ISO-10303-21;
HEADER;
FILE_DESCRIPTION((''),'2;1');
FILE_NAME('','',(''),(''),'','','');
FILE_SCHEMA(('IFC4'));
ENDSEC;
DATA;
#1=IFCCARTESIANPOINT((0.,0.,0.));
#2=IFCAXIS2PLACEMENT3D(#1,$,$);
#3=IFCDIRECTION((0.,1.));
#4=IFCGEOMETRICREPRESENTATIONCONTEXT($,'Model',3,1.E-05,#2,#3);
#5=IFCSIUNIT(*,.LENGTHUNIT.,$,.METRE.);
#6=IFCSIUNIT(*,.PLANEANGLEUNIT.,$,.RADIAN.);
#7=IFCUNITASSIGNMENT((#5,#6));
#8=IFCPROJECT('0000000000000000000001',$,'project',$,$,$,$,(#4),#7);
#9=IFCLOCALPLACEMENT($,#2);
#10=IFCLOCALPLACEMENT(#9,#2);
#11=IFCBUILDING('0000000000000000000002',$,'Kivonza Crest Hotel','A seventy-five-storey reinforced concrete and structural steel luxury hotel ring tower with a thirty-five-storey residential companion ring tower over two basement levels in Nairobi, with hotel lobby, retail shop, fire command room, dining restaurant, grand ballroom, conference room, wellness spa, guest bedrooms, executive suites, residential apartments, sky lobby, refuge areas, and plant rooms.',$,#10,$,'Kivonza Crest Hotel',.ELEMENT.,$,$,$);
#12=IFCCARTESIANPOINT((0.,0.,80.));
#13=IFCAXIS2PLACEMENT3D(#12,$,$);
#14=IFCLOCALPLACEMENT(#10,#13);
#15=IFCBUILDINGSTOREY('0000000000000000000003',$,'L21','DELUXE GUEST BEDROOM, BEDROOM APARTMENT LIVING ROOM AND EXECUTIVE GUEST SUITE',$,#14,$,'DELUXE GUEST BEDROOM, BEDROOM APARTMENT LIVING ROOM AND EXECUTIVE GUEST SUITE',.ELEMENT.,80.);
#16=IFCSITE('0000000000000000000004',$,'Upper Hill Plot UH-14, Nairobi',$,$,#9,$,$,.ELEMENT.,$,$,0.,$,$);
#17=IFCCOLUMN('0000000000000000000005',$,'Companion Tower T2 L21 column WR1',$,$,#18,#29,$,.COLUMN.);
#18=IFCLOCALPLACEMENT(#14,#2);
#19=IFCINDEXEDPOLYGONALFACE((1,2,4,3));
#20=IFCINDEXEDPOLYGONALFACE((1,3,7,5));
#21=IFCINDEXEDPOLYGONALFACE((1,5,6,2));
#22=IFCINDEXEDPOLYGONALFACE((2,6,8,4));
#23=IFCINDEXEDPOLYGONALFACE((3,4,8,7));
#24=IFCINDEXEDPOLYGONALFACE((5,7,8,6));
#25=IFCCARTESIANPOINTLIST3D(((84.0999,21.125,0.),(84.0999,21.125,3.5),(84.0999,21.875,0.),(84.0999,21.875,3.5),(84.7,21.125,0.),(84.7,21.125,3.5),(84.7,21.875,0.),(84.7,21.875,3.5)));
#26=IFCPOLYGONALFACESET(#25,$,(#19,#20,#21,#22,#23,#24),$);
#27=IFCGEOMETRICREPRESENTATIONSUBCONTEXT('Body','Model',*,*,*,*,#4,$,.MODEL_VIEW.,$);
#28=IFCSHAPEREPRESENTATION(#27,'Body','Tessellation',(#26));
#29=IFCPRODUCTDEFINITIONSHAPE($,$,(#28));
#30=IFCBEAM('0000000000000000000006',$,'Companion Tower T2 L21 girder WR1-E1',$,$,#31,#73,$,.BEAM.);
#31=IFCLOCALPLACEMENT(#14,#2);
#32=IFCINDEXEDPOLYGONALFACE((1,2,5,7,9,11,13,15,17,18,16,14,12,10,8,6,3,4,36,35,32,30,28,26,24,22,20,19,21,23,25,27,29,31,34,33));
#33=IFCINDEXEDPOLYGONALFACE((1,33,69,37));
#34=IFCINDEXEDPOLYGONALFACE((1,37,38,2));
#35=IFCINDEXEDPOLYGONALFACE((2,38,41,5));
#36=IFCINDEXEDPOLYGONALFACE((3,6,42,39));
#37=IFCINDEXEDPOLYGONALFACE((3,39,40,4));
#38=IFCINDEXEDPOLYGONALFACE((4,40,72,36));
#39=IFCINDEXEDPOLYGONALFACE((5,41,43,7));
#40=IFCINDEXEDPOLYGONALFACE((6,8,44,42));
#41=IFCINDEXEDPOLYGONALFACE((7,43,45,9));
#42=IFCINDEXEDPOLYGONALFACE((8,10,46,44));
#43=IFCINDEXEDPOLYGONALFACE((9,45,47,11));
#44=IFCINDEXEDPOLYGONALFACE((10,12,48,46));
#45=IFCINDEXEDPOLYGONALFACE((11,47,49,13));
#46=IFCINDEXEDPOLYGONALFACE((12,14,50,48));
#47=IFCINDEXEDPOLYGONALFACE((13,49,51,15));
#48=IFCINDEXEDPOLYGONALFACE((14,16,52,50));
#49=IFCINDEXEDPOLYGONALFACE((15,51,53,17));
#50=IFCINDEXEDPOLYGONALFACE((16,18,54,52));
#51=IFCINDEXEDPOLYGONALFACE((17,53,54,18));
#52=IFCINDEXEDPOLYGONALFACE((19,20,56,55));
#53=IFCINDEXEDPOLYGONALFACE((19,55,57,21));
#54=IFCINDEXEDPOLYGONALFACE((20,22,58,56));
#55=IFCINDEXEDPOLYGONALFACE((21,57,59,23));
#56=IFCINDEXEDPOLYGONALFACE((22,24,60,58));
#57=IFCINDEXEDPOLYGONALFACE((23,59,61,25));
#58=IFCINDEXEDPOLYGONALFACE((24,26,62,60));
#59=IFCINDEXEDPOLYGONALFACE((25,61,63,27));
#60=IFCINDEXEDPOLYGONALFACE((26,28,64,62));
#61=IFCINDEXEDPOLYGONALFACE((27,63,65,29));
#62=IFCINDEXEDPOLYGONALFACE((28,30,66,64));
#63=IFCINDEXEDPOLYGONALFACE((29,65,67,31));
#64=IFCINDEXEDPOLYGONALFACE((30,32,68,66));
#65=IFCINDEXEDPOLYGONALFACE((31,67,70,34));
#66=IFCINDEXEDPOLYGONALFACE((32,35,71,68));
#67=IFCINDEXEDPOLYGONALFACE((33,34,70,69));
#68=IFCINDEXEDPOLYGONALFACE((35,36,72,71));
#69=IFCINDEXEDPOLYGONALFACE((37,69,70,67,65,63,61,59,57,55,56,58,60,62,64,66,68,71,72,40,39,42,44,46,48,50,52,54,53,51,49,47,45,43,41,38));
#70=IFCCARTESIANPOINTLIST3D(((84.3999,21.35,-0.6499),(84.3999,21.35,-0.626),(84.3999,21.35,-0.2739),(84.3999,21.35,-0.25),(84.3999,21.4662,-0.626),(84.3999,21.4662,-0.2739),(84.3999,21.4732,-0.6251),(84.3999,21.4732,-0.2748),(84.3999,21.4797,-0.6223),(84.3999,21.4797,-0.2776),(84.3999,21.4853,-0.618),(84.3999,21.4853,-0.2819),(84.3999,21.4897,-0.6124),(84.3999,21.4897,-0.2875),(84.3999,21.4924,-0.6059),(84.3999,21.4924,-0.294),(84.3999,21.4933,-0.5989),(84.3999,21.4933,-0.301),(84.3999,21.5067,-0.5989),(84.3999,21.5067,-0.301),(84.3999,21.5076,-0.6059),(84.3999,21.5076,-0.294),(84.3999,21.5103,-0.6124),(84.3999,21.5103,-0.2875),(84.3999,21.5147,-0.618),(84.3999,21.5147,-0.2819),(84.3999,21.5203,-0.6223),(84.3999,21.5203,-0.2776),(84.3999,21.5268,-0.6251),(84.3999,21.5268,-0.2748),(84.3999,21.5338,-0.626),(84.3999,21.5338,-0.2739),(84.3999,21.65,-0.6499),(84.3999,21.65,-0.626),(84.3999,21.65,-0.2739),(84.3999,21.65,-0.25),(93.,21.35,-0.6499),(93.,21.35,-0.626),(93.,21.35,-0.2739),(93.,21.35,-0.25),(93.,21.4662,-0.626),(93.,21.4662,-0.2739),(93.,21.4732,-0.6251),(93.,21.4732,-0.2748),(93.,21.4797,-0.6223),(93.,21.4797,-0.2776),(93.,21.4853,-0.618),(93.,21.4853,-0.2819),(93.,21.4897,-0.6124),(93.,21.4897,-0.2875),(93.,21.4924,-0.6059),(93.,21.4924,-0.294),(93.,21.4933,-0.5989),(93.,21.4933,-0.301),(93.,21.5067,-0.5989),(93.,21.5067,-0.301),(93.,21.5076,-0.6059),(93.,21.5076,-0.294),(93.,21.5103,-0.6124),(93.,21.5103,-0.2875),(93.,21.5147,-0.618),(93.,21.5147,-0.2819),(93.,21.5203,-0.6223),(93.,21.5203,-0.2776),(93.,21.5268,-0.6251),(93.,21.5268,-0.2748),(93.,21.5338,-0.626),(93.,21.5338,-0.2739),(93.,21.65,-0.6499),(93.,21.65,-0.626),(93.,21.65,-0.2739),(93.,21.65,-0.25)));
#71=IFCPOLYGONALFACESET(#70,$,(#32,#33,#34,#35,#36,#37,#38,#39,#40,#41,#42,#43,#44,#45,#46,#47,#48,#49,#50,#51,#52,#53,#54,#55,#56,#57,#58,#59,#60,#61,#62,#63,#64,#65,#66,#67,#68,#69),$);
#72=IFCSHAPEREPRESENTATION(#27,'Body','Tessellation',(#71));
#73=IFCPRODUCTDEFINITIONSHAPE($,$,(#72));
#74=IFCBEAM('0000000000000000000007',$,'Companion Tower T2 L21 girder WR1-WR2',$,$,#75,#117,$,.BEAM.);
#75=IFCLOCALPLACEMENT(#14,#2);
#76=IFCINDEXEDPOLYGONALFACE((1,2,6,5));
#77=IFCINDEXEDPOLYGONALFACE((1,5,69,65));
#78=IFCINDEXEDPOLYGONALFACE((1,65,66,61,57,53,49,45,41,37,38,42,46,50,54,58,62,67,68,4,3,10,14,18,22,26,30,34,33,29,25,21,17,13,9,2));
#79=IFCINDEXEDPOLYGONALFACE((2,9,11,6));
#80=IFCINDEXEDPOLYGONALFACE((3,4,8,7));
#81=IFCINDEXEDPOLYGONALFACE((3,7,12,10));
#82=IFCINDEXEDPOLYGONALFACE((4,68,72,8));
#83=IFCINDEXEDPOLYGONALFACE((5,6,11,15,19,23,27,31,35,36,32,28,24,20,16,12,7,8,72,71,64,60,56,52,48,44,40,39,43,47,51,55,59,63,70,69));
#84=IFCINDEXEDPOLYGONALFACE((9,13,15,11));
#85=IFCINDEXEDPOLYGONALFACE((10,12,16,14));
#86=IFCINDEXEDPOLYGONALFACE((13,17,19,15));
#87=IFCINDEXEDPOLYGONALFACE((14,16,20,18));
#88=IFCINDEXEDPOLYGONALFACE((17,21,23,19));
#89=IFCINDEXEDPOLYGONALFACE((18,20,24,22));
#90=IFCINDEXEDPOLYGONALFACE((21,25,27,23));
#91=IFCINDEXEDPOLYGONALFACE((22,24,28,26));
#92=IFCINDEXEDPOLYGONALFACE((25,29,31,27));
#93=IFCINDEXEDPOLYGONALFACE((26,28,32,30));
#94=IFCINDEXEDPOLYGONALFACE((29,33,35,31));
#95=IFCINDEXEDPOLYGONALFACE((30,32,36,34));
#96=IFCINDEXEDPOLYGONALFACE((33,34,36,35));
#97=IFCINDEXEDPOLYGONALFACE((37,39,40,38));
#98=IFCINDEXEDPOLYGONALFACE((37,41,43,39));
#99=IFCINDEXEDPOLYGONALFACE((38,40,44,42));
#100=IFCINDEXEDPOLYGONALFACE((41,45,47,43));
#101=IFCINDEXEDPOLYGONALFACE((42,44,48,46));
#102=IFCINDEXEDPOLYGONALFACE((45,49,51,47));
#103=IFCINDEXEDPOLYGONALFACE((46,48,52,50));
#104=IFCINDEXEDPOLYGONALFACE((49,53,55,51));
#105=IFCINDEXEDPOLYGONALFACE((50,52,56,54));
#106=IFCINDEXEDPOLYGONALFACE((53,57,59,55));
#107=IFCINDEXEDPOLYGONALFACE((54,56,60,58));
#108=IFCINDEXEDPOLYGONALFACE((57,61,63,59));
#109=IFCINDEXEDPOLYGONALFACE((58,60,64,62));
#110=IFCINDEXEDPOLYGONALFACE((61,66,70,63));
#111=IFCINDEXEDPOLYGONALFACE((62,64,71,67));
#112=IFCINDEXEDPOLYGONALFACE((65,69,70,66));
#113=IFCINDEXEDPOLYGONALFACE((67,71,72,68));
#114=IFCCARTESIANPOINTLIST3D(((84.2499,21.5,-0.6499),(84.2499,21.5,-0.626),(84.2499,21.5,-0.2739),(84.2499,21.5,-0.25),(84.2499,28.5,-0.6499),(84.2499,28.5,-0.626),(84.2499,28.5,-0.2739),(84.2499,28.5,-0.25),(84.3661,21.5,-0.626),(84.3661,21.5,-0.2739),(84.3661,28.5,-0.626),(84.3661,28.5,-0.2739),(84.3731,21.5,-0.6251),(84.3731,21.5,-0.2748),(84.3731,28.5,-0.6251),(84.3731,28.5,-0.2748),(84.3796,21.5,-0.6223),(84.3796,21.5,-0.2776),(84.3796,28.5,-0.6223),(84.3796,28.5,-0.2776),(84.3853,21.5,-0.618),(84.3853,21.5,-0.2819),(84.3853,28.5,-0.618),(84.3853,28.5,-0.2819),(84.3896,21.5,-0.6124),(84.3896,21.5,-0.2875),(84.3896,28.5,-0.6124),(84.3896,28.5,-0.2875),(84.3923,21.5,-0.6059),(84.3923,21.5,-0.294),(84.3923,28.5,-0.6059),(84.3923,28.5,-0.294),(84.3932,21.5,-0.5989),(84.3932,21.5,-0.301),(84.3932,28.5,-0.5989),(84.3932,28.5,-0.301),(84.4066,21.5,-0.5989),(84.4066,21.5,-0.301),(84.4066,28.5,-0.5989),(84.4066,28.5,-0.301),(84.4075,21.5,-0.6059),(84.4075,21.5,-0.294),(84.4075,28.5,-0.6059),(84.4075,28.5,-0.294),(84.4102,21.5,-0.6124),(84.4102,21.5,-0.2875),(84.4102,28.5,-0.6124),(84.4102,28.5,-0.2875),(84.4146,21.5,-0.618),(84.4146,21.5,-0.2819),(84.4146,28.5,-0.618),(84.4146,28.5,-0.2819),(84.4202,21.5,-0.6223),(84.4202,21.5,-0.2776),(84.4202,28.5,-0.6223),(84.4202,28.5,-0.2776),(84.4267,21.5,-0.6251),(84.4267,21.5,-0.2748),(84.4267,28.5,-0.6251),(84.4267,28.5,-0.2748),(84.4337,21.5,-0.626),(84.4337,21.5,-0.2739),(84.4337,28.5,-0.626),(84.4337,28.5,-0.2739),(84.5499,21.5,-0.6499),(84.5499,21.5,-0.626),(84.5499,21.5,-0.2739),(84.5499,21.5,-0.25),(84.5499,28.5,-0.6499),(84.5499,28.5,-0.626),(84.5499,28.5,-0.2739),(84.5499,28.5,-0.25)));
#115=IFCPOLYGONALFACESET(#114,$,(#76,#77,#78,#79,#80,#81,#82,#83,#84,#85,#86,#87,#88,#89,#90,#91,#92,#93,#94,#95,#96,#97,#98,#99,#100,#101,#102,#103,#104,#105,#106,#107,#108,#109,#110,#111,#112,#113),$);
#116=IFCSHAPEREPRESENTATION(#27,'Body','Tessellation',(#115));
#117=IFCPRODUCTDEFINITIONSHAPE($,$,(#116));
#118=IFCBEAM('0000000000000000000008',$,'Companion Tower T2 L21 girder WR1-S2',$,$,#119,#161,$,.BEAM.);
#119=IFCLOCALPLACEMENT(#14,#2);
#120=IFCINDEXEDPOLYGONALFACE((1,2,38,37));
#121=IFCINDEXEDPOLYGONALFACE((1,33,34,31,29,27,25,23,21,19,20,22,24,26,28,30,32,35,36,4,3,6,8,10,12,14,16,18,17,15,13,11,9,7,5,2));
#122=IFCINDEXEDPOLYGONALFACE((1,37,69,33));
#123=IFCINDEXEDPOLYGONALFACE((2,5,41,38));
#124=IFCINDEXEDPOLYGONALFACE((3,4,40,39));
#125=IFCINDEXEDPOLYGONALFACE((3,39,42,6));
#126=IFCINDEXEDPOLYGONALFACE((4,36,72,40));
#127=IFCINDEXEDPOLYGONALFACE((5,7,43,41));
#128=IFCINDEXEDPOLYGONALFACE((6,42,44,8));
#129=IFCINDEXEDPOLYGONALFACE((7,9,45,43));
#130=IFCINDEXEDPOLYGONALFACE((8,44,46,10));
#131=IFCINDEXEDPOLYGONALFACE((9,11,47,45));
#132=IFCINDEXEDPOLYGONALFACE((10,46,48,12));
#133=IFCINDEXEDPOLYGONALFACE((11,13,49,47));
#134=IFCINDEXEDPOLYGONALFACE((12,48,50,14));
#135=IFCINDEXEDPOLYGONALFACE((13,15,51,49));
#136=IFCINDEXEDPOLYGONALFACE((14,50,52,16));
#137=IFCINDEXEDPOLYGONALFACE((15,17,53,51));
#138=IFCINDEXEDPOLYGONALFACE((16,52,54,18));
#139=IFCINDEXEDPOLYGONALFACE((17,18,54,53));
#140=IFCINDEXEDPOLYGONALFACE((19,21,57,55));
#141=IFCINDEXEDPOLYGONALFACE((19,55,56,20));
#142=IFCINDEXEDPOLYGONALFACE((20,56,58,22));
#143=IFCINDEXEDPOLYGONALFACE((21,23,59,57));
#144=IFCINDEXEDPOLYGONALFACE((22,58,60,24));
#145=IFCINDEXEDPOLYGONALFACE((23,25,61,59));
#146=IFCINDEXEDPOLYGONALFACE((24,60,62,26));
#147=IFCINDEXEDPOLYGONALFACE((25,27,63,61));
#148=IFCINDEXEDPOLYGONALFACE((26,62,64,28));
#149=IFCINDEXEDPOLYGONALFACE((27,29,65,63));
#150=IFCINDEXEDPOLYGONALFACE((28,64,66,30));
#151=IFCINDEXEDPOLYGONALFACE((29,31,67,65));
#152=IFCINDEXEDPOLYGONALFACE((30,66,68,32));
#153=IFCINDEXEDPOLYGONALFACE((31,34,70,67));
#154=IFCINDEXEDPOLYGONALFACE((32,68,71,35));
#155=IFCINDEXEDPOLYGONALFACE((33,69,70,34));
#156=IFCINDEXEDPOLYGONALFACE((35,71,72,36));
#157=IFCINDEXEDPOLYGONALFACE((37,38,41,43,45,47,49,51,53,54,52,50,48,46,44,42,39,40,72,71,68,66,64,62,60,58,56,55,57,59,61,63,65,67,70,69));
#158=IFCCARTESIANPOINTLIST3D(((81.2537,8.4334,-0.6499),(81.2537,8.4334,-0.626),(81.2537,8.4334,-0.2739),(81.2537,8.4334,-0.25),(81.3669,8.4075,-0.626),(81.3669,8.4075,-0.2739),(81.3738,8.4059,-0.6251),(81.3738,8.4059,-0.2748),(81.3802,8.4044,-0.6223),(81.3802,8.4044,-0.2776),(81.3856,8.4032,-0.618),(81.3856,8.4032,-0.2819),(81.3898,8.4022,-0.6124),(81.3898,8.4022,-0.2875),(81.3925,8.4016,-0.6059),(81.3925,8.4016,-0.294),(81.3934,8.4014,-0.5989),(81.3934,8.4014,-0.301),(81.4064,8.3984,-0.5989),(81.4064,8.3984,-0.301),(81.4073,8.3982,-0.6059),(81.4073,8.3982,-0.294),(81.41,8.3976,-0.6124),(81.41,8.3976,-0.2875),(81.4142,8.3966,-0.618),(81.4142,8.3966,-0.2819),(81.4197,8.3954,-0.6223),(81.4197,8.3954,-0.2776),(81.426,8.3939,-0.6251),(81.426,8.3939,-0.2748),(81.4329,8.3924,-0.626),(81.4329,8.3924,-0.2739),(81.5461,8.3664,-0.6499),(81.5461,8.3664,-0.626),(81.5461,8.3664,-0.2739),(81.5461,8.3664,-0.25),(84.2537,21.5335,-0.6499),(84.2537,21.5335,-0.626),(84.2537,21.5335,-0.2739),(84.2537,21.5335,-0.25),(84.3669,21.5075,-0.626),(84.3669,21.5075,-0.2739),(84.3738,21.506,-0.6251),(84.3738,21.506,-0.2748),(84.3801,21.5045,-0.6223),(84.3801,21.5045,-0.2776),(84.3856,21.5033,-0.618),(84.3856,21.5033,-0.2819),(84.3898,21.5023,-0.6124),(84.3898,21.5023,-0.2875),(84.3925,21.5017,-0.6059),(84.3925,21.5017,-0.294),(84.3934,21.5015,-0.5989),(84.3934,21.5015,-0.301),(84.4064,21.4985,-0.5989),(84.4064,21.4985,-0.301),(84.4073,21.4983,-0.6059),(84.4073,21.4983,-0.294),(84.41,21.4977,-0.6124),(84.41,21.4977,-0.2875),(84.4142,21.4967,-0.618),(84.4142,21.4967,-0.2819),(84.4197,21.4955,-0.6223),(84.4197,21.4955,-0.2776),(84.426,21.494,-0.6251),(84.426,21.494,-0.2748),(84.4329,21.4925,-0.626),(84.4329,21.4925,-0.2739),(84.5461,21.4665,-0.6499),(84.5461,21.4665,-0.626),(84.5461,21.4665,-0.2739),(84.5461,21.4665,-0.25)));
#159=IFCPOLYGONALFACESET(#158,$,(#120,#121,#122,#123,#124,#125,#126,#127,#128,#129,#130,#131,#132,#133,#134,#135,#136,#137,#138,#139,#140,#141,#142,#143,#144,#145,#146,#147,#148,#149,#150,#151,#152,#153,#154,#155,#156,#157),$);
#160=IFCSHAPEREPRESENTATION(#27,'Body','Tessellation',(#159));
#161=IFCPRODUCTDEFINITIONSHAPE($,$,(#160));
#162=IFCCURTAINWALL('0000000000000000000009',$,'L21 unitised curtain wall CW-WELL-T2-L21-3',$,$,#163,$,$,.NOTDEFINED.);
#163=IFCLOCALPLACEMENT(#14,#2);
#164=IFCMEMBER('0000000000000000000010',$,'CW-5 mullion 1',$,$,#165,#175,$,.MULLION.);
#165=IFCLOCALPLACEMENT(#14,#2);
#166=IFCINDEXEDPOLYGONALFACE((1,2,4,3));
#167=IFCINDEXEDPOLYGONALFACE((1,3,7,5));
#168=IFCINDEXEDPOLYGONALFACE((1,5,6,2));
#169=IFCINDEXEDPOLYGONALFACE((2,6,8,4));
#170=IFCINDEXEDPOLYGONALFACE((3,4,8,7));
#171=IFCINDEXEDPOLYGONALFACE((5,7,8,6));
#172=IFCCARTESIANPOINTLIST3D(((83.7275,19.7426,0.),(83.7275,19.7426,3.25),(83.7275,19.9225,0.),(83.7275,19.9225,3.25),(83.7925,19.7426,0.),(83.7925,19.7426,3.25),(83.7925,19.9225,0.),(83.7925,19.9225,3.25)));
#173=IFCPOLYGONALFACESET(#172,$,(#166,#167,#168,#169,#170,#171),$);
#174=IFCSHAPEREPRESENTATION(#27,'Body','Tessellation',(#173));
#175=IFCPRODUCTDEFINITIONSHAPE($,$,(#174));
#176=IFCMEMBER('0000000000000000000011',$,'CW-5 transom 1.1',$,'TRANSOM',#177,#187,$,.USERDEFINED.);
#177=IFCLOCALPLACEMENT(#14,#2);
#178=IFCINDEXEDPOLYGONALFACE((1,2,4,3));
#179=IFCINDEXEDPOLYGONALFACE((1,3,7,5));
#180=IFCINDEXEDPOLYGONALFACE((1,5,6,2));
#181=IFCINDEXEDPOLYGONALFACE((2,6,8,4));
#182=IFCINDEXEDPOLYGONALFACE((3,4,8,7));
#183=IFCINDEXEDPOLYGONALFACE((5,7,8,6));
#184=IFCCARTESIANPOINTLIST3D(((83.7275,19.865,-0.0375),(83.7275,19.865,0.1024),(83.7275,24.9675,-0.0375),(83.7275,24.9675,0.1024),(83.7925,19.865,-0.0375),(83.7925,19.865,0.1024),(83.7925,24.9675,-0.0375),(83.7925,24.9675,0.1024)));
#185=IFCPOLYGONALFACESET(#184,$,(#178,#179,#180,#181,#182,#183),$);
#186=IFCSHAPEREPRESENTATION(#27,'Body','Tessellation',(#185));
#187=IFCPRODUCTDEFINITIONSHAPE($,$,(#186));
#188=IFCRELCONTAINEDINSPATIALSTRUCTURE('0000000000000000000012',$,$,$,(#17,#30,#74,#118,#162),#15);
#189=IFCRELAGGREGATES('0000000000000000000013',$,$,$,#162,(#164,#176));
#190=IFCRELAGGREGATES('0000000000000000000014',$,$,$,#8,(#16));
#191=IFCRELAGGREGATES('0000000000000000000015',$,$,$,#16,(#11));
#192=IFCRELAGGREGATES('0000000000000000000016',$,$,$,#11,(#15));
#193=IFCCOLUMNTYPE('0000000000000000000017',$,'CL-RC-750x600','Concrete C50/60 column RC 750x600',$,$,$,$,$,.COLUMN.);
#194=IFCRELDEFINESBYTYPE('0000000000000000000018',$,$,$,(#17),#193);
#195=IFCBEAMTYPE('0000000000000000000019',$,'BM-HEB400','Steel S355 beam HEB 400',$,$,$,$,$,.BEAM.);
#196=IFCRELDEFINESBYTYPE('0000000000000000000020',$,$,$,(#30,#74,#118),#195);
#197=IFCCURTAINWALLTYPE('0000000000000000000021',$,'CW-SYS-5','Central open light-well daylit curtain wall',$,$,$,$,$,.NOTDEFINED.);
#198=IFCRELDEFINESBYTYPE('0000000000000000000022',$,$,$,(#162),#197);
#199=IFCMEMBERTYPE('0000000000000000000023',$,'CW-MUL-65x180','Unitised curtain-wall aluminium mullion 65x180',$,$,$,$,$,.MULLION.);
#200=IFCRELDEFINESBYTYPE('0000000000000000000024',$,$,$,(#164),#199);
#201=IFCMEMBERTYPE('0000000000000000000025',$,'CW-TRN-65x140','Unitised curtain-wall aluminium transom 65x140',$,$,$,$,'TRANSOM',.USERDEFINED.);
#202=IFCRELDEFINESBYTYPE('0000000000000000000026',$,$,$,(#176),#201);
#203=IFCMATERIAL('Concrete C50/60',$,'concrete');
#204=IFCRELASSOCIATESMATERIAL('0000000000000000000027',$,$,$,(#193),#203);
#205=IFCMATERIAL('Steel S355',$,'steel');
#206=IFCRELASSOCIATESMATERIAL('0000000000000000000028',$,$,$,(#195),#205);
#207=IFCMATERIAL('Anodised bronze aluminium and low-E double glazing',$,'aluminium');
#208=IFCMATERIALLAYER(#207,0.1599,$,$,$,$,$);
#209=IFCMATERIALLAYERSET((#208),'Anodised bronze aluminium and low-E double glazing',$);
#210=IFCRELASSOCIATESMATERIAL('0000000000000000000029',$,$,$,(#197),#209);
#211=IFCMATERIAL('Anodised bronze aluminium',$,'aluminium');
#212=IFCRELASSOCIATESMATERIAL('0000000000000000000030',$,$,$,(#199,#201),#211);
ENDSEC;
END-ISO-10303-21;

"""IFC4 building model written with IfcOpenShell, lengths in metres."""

from ifc_helpers import new_model, si_unit, direction, frame, origin, origin_2d, place, context, subcontext, project, spatial, rectangle, i_section, extrude, material, layer, layer_set, material_profile, profile_set, type_object, element, aggregate, save


model = new_model("IFC4")

# Units and contexts
model_context = context("Model", 3, precision=1e-05, world=origin(), true_north=direction((0.0, 1.0)))
body_context = subcontext(model_context, "Body", "Model", "MODEL_VIEW")
ifc_project = project(units=[si_unit("LENGTHUNIT", "METRE"), si_unit("PLANEANGLEUNIT", "RADIAN")], contexts=[model_context])

# Site, building, storey
site_placement = place(None, origin())
site = spatial("IfcSite", under=ifc_project, at=site_placement, Name="Upper Hill Plot UH-14, Nairobi", CompositionType="ELEMENT", RefElevation=0.0)
building_placement = place(site_placement, origin())
building = spatial("IfcBuilding", under=site, at=building_placement, Name="Kivonza Crest Hotel", Description="A seventy-five-storey reinforced concrete and structural steel luxury hotel ring tower with a thirty-five-storey residential companion ring tower over two basement levels in Nairobi, with hotel lobby, retail shop, fire command room, dining restaurant, grand ballroom, conference room, wellness spa, guest bedrooms, executive suites, residential apartments, sky lobby, refuge areas, and plant rooms.", LongName="Kivonza Crest Hotel", CompositionType="ELEMENT")
storey_placement = place(building_placement, frame((0.0, 0.0, 80.0)))
storey = spatial("IfcBuildingStorey", under=building, at=storey_placement, Name="L21", Description="DELUXE GUEST BEDROOM, BEDROOM APARTMENT LIVING ROOM AND EXECUTIVE GUEST SUITE", LongName="DELUXE GUEST BEDROOM, BEDROOM APARTMENT LIVING ROOM AND EXECUTIVE GUEST SUITE", CompositionType="ELEMENT", Elevation=80.0)

# Column
ifc_material_1 = material(Name="Concrete C50/60", Category="concrete")
ifc_material_profile_1 = material_profile(ifc_material_1, rectangle(XDim=0.6001, YDim=0.75, at=origin_2d()), Name="RC 750x600")
ifc_profile_set_1 = profile_set([ifc_material_profile_1], Name="Concrete C50/60")
column_type = type_object("IfcColumnType", Name="CL-RC-750x600", Description="Concrete C50/60 column RC 750x600", PredefinedType="COLUMN", material=ifc_profile_set_1)
column_placement = place(storey_placement, frame((84.3999, 21.5, 0.0), z_axis=(0.0, 0.0, 1.0), x_axis=(1.0, 0.0, 0.0)))
element("IfcColumn", 1, at=column_placement, inside=storey, type_object=column_type, Name="Companion Tower T2 L21 column WR1", PredefinedType="COLUMN", context=body_context, shape_type="SweptSolid", body=[
    extrude(rectangle(XDim=0.6001, YDim=0.75, at=origin_2d()), origin(), (0.0, 0.0, 1.0), 3.5),
])

# Beams
ifc_material_2 = material(Name="Steel S355", Category="steel")
ifc_material_profile_2 = material_profile(ifc_material_2, i_section(OverallWidth=0.3, OverallDepth=0.3999, WebThickness=0.0134, FlangeThickness=0.0239, FilletRadius=0.0271, at=origin_2d()), Name="HEB 400")
ifc_profile_set_2 = profile_set([ifc_material_profile_2], Name="Steel S355")
beam_type = type_object("IfcBeamType", Name="BM-HEB400", Description="Steel S355 beam HEB 400", PredefinedType="BEAM", material=ifc_profile_set_2)
beam_1_placement = place(storey_placement, frame((84.3999, 21.5, -0.45), z_axis=(1.0, 0.0, 0.0), x_axis=(0.0, 1.0, 0.0)))
element("IfcBeam", 2, at=beam_1_placement, inside=storey, type_object=beam_type, Name="Companion Tower T2 L21 girder WR1-E1", PredefinedType="BEAM", context=body_context, shape_type="SweptSolid", body=[
    extrude(i_section(OverallWidth=0.3, OverallDepth=0.3999, WebThickness=0.0134, FlangeThickness=0.0239, FilletRadius=0.0271, at=origin_2d()), origin(), (0.0, 0.0, 1.0), 8.6001),
])
beam_2_placement = place(storey_placement, frame((84.3999, 21.5, -0.45), z_axis=(0.0, 1.0, 0.0), x_axis=(-1.0, 0.0, 0.0)))
element("IfcBeam", 3, at=beam_2_placement, inside=storey, type_object=beam_type, Name="Companion Tower T2 L21 girder WR1-WR2", PredefinedType="BEAM", context=body_context, shape_type="SweptSolid", body=[
    extrude(i_section(OverallWidth=0.3, OverallDepth=0.3999, WebThickness=0.0134, FlangeThickness=0.0239, FilletRadius=0.0271, at=origin_2d()), origin(), (0.0, 0.0, 1.0), 7.0),
])
beam_3_placement = place(storey_placement, frame((84.3999, 21.5, -0.45), z_axis=(-0.223227, -0.974766, 0.0), x_axis=(0.974766, -0.223227, 0.0)))
element("IfcBeam", 4, at=beam_3_placement, inside=storey, type_object=beam_type, Name="Companion Tower T2 L21 girder WR1-S2", PredefinedType="BEAM", context=body_context, shape_type="SweptSolid", body=[
    extrude(i_section(OverallWidth=0.3, OverallDepth=0.3999, WebThickness=0.0134, FlangeThickness=0.0239, FilletRadius=0.0271, at=origin_2d()), origin(), (0.0, 0.0, 1.0), 13.4392),
])

# Curtain wall, members
ifc_material_3 = material(Name="Anodised bronze aluminium and low-E double glazing", Category="aluminium")
ifc_layer_1 = layer(ifc_material_3, 0.1599)
ifc_layer_set_1 = layer_set([ifc_layer_1], Name="Anodised bronze aluminium and low-E double glazing")
curtain_wall_type = type_object("IfcCurtainWallType", Name="CW-SYS-5", Description="Central open light-well daylit curtain wall", PredefinedType="NOTDEFINED", material=ifc_layer_set_1)
curtain_wall_placement = place(storey_placement, origin())
curtain_wall = element("IfcCurtainWall", 5, at=curtain_wall_placement, inside=storey, type_object=curtain_wall_type, Name="L21 unitised curtain wall CW-WELL-T2-L21-3", PredefinedType="NOTDEFINED")
ifc_material_4 = material(Name="Anodised bronze aluminium", Category="aluminium")
ifc_material_profile_3 = material_profile(ifc_material_4, rectangle(XDim=0.0649, YDim=0.1799, at=origin_2d()), Name="CW-M 65x180")
ifc_profile_set_3 = profile_set([ifc_material_profile_3], Name="Anodised bronze aluminium")
member_type_1 = type_object("IfcMemberType", Name="CW-MUL-65x180", Description="Unitised curtain-wall aluminium mullion 65x180", PredefinedType="MULLION", material=ifc_profile_set_3)
member_1_placement = place(storey_placement, frame((83.76, 19.8325, 0.0), z_axis=(0.0, 0.0, 1.0), x_axis=(-1.0, 0.0, 0.0)))
member_1 = element("IfcMember", 6, at=member_1_placement, type_object=member_type_1, Name="CW-5 mullion 1", PredefinedType="MULLION", context=body_context, shape_type="SweptSolid", body=[
    extrude(rectangle(XDim=0.0649, YDim=0.1799, at=origin_2d()), origin(), (0.0, 0.0, 1.0), 3.25),
])
ifc_material_profile_4 = material_profile(ifc_material_4, rectangle(XDim=0.0649, YDim=0.1399, at=origin_2d()), Name="CW-T 65x140")
ifc_profile_set_4 = profile_set([ifc_material_profile_4], Name="Anodised bronze aluminium")
member_type_2 = type_object("IfcMemberType", Name="CW-TRN-65x140", Description="Unitised curtain-wall aluminium transom 65x140", ElementType="TRANSOM", PredefinedType="USERDEFINED", material=ifc_profile_set_4)
member_2_placement = place(storey_placement, frame((83.76, 19.865, 0.0325), z_axis=(0.0, 1.0, 0.0), x_axis=(-1.0, 0.0, 0.0)))
member_2 = element("IfcMember", 7, at=member_2_placement, type_object=member_type_2, Name="CW-5 transom 1.1", ObjectType="TRANSOM", PredefinedType="USERDEFINED", context=body_context, shape_type="SweptSolid", body=[
    extrude(rectangle(XDim=0.0649, YDim=0.1399, at=origin_2d()), origin(), (0.0, 0.0, 1.0), 5.1025),
])
aggregate(curtain_wall, [member_1, member_2])

save(model, "model.ifc")
